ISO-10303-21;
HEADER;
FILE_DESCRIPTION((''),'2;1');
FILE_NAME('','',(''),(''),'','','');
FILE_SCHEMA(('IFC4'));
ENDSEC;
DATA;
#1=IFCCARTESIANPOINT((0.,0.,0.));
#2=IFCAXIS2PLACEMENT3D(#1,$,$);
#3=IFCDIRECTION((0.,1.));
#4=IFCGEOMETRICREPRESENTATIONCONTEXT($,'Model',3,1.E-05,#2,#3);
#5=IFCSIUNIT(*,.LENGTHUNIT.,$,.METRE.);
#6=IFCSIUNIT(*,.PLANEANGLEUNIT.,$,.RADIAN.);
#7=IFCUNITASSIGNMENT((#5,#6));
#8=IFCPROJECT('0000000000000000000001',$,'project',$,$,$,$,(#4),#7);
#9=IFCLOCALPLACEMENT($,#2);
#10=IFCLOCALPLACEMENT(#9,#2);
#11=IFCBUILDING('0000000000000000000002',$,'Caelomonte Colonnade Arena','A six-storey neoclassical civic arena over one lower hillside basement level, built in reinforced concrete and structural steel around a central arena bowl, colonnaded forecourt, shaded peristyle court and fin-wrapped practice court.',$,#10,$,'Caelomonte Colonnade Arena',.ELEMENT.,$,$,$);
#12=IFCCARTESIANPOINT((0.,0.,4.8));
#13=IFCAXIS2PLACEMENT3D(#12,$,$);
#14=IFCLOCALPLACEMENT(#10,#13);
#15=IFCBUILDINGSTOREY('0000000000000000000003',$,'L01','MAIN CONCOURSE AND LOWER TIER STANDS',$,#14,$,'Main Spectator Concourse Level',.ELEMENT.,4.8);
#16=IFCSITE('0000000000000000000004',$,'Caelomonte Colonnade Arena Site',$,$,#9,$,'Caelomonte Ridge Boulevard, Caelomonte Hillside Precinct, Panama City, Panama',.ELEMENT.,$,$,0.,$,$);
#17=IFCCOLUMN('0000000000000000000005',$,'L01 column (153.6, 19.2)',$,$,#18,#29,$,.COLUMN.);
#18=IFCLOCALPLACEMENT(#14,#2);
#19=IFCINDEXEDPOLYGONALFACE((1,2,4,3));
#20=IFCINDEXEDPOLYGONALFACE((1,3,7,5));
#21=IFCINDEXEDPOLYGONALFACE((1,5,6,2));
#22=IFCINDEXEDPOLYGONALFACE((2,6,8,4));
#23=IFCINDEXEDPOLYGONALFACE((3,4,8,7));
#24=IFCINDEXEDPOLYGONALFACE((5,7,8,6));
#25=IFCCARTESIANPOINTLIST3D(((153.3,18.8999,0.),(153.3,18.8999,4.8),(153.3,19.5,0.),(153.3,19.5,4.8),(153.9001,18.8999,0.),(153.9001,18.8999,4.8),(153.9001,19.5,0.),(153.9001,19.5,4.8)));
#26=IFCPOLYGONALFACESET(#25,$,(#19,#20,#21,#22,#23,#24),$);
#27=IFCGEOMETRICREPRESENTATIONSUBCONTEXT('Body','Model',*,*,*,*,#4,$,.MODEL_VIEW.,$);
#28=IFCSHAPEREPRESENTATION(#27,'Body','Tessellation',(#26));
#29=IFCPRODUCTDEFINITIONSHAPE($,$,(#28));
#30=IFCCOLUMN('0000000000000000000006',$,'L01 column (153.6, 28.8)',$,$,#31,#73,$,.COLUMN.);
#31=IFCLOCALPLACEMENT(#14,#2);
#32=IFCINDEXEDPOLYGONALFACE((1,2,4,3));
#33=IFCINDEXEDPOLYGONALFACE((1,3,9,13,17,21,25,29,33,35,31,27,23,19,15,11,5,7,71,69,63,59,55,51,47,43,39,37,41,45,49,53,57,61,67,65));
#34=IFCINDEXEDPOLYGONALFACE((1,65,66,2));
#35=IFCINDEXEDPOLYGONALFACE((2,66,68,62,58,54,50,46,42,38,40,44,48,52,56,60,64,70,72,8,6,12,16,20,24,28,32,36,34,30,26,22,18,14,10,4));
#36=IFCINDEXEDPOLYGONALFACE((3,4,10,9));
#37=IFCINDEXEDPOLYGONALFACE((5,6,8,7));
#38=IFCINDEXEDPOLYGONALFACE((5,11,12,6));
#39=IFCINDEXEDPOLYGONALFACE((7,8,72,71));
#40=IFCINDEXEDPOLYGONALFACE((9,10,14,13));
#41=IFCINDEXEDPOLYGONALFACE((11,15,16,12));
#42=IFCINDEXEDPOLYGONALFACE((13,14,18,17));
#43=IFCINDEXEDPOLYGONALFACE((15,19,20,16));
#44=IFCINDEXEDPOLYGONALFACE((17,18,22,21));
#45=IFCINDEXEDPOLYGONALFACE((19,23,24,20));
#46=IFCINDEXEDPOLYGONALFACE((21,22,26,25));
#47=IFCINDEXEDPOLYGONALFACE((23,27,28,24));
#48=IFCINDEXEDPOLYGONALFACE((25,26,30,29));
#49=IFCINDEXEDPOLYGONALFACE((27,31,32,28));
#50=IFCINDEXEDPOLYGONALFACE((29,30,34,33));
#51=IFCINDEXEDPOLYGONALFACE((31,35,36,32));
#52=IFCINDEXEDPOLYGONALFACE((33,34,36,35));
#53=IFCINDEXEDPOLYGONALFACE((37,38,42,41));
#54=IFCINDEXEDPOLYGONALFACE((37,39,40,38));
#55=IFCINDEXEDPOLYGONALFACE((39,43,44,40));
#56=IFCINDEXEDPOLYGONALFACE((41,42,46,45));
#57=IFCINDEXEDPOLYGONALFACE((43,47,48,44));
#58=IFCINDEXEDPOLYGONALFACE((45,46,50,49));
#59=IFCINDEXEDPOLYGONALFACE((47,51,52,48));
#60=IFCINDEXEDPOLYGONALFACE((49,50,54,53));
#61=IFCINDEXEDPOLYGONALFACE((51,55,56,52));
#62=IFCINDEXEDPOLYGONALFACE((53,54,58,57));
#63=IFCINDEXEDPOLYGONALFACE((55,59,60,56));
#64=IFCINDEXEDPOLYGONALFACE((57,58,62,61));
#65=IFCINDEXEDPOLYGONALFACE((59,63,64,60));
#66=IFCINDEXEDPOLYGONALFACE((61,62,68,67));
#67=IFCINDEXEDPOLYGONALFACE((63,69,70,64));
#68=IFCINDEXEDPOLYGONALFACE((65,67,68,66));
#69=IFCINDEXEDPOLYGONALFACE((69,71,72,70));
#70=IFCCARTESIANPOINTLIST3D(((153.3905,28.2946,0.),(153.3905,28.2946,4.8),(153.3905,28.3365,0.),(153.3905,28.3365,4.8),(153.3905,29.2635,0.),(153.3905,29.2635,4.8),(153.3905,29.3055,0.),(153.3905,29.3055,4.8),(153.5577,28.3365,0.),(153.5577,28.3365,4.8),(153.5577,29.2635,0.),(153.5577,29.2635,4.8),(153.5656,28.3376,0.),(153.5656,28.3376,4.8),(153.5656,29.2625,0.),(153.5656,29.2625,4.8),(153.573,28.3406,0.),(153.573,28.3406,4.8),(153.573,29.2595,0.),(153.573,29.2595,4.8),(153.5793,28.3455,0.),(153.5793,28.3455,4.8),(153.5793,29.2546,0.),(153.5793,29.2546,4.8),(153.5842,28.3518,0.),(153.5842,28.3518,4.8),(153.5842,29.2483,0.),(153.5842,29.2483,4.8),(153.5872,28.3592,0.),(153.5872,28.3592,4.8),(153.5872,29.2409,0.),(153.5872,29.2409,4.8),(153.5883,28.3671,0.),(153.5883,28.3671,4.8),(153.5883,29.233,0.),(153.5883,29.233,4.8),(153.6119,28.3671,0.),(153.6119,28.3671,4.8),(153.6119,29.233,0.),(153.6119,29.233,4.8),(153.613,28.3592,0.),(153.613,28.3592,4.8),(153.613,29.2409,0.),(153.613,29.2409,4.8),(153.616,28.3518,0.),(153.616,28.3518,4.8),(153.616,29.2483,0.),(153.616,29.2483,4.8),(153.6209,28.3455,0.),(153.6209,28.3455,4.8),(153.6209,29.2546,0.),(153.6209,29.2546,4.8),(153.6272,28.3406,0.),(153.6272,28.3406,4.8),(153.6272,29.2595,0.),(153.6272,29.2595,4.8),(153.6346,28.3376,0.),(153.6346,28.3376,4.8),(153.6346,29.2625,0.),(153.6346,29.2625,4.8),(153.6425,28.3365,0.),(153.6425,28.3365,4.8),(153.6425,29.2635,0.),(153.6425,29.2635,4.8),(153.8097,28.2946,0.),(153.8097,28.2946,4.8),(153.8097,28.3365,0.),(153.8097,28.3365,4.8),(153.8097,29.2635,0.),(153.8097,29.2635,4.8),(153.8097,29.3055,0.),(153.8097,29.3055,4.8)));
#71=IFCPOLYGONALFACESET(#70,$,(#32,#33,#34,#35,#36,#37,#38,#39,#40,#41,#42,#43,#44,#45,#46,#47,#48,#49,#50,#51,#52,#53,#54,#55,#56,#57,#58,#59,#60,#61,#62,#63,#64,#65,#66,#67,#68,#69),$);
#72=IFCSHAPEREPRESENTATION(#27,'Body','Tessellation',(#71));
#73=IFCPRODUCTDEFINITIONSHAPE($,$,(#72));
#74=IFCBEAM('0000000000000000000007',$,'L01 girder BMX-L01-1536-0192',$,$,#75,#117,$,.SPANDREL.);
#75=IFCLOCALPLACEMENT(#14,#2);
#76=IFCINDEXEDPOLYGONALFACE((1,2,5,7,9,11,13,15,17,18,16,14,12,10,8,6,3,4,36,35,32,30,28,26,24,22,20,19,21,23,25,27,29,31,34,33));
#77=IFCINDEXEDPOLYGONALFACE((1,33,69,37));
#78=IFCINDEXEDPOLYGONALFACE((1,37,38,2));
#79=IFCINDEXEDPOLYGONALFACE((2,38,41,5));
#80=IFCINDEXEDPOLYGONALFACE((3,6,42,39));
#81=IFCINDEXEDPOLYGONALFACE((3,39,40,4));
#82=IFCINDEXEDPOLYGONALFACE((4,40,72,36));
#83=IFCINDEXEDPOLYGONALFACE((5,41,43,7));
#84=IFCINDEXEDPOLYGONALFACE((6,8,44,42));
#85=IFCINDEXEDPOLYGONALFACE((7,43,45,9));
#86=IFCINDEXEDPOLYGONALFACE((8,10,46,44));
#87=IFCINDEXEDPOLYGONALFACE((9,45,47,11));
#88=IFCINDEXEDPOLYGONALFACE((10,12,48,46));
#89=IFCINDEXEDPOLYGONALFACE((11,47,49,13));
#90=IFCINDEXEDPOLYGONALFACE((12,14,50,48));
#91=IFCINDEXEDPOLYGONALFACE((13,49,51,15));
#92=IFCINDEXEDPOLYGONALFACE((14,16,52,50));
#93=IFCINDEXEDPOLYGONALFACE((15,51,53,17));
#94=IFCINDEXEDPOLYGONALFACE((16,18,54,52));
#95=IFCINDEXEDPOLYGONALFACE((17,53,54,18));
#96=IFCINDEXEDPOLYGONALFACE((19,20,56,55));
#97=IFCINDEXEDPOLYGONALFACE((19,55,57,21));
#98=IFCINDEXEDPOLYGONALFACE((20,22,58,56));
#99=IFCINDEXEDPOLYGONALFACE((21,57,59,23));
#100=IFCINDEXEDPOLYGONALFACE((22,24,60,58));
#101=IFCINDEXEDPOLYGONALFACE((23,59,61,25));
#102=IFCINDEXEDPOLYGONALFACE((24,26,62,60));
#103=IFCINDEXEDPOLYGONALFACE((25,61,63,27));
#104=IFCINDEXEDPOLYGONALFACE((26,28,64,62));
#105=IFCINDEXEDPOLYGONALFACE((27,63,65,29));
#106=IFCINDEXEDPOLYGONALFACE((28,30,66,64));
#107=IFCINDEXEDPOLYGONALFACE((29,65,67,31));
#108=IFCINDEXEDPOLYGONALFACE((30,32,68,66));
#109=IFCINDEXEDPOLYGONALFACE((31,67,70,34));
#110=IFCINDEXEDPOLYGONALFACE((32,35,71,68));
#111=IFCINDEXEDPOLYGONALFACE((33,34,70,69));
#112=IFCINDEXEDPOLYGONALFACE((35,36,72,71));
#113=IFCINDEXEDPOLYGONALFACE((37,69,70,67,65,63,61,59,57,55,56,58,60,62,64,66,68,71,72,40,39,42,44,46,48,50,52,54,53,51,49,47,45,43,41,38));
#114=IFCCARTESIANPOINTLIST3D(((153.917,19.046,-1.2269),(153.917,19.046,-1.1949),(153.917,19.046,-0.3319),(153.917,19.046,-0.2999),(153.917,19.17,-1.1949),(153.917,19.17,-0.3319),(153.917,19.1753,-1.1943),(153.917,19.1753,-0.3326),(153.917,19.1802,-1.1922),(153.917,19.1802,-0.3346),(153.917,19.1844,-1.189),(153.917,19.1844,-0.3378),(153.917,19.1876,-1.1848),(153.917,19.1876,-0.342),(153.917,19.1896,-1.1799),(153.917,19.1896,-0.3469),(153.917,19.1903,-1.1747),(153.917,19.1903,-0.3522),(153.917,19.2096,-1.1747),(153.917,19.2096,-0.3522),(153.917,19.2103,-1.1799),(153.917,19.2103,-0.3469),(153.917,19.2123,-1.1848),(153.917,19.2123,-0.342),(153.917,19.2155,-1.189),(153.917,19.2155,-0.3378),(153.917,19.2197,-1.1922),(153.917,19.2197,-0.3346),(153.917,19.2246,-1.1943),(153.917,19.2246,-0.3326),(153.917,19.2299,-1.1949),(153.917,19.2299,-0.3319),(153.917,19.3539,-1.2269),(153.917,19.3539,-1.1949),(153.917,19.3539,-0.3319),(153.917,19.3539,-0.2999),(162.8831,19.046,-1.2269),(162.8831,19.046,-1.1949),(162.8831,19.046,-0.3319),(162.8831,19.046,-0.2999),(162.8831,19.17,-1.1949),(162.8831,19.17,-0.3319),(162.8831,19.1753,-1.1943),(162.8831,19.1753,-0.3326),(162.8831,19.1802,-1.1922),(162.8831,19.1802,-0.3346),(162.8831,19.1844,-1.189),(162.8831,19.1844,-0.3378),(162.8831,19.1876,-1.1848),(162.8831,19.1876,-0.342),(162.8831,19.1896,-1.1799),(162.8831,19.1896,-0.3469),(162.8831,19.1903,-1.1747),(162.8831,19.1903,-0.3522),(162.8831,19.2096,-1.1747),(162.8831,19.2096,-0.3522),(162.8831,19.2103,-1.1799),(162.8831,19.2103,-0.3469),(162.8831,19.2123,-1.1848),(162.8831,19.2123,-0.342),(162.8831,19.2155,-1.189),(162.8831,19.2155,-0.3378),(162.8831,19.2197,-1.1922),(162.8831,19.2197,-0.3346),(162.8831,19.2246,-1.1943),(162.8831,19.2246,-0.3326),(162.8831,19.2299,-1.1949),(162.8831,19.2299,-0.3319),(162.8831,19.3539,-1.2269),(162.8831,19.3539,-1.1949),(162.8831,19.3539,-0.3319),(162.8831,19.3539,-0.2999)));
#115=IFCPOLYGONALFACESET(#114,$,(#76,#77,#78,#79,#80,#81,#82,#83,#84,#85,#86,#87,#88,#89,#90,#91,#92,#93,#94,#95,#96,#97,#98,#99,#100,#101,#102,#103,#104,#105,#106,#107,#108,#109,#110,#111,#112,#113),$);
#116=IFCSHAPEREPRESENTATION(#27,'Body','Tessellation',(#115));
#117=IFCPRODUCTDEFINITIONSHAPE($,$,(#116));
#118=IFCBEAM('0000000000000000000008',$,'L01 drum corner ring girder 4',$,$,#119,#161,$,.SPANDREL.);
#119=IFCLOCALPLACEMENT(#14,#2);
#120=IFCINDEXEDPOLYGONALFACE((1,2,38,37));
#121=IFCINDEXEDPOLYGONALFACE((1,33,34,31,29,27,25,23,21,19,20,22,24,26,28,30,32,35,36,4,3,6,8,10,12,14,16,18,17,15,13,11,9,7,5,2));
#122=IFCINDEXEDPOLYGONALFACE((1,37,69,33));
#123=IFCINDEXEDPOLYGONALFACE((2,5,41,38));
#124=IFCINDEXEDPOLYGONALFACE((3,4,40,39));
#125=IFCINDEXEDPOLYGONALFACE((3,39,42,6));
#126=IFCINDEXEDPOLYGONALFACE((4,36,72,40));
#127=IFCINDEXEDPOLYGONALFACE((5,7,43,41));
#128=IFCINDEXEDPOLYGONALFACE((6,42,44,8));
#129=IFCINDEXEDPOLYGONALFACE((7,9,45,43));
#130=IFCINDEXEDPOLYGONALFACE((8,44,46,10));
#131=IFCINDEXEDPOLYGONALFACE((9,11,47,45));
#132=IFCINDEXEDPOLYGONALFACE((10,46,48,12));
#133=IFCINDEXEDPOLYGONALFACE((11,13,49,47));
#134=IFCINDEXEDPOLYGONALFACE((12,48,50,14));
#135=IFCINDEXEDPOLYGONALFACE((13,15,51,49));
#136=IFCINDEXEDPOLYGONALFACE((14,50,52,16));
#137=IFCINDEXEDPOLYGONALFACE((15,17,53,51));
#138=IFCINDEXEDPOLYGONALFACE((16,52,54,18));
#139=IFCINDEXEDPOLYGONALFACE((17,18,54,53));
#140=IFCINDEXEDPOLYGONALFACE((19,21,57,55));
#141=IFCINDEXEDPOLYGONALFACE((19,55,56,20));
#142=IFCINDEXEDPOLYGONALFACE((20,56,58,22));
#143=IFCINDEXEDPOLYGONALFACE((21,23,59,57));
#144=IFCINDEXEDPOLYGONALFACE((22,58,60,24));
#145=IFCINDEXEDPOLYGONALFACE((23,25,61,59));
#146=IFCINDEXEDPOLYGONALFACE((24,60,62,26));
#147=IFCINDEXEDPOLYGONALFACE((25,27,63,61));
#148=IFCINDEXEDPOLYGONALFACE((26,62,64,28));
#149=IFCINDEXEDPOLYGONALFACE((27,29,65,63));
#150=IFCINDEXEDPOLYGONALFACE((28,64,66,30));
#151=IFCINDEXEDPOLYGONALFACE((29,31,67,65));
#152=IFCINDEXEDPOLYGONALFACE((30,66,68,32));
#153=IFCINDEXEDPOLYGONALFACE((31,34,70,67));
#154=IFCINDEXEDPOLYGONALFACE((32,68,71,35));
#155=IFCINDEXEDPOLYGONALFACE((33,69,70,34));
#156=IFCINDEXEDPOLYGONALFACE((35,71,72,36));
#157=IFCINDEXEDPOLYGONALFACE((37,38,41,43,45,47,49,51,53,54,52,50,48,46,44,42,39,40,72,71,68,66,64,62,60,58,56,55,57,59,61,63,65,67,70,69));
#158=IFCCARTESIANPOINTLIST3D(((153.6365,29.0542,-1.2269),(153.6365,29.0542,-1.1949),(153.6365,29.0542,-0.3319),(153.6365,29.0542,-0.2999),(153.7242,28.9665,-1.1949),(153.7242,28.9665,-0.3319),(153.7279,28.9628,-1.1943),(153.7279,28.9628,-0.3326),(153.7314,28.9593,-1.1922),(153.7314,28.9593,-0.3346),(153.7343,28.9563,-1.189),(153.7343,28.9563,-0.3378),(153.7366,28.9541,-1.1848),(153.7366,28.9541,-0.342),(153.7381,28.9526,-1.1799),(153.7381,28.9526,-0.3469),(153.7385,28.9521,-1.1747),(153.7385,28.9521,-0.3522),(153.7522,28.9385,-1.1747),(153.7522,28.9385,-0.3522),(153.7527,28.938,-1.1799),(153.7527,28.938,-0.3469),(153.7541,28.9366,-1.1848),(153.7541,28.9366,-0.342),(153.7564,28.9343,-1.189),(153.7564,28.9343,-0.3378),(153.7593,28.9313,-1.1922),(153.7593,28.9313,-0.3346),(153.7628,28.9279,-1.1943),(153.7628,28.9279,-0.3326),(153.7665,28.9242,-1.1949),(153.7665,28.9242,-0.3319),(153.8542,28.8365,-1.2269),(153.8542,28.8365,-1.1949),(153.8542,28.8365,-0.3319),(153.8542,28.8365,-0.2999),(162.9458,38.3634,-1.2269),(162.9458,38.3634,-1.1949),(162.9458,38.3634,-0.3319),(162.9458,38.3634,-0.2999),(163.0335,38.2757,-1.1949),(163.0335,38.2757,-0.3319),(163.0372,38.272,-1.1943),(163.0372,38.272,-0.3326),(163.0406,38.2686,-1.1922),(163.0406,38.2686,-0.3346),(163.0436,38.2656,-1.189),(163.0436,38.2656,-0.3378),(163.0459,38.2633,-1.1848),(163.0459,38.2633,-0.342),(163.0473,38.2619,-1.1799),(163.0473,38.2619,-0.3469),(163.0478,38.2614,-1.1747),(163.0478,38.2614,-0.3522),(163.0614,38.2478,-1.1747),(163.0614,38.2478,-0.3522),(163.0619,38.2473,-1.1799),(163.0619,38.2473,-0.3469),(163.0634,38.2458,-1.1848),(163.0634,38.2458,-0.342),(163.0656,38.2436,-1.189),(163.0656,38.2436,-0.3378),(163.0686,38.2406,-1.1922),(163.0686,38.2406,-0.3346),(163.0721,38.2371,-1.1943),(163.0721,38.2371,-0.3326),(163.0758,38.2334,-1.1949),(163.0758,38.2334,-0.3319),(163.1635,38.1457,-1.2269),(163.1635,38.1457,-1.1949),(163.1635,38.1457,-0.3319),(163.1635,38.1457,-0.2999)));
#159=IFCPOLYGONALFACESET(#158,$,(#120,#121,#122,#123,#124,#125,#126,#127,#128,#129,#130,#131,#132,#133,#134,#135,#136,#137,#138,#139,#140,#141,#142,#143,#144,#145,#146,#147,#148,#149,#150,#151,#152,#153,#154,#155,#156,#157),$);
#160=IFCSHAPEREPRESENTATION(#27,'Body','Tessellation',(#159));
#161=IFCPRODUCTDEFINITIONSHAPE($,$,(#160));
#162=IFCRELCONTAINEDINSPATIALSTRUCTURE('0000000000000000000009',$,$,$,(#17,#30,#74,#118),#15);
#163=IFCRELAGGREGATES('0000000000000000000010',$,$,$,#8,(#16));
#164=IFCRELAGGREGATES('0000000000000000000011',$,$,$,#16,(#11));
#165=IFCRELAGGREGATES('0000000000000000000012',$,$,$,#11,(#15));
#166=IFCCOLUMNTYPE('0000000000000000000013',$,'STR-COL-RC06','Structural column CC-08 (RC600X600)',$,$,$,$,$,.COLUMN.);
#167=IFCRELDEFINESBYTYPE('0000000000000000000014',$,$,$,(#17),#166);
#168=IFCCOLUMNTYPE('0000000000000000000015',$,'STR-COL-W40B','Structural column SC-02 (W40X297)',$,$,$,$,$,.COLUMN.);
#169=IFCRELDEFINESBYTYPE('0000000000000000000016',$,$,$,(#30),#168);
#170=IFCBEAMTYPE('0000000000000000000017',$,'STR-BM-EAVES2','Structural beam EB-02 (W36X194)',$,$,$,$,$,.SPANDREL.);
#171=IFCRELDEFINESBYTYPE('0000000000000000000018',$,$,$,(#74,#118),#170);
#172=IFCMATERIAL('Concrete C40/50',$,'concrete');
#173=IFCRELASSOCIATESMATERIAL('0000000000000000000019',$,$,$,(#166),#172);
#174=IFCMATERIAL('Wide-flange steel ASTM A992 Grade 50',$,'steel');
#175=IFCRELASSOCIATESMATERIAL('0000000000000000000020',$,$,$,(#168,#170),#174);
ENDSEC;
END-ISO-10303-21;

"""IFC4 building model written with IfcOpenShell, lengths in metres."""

from ifc_helpers import new_model, si_unit, direction, frame, origin, origin_2d, place, context, subcontext, project, spatial, rectangle, i_section, extrude, material, material_profile, profile_set, type_object, element, save


model = new_model("IFC4")

# Units and contexts
model_context = context("Model", 3, precision=1e-05, world=origin(), true_north=direction((0.0, 1.0)))
body_context = subcontext(model_context, "Body", "Model", "MODEL_VIEW")
ifc_project = project(units=[si_unit("LENGTHUNIT", "METRE"), si_unit("PLANEANGLEUNIT", "RADIAN")], contexts=[model_context])

# Site, building, storey
site_placement = place(None, origin())
site = spatial("IfcSite", under=ifc_project, at=site_placement, Name="Caelomonte Colonnade Arena Site", LongName="Caelomonte Ridge Boulevard, Caelomonte Hillside Precinct, Panama City, Panama", CompositionType="ELEMENT", RefElevation=0.0)
building_placement = place(site_placement, origin())
building = spatial("IfcBuilding", under=site, at=building_placement, Name="Caelomonte Colonnade Arena", Description="A six-storey neoclassical civic arena over one lower hillside basement level, built in reinforced concrete and structural steel around a central arena bowl, colonnaded forecourt, shaded peristyle court and fin-wrapped practice court.", LongName="Caelomonte Colonnade Arena", CompositionType="ELEMENT")
storey_placement = place(building_placement, frame((0.0, 0.0, 4.8)))
storey = spatial("IfcBuildingStorey", under=building, at=storey_placement, Name="L01", Description="MAIN CONCOURSE AND LOWER TIER STANDS", LongName="Main Spectator Concourse Level", CompositionType="ELEMENT", Elevation=4.8)

# Columns
ifc_material_1 = material(Name="Concrete C40/50", Category="concrete")
ifc_material_profile_1 = material_profile(ifc_material_1, rectangle(XDim=0.6001, YDim=0.6001, at=origin_2d()), Name="RC600X600")
ifc_profile_set_1 = profile_set([ifc_material_profile_1], Name="Concrete C40/50")
column_type_1 = type_object("IfcColumnType", Name="STR-COL-RC06", Description="Structural column CC-08 (RC600X600)", PredefinedType="COLUMN", material=ifc_profile_set_1)
column_1_placement = place(storey_placement, frame((153.6001, 19.2, 0.0), z_axis=(0.0, 0.0, 1.0), x_axis=(1.0, 0.0, 0.0)))
element("IfcColumn", 1, at=column_1_placement, inside=storey, type_object=column_type_1, Name="L01 column (153.6, 19.2)", PredefinedType="COLUMN", context=body_context, shape_type="SweptSolid", body=[
    extrude(rectangle(XDim=0.6001, YDim=0.6001, at=origin_2d()), origin(), (0.0, 0.0, 1.0), 4.8),
])
ifc_material_2 = material(Name="Wide-flange steel ASTM A992 Grade 50", Category="steel")
ifc_material_profile_2 = material_profile(ifc_material_2, i_section(OverallWidth=0.4192, OverallDepth=1.011, WebThickness=0.0237, FlangeThickness=0.042, FilletRadius=0.0305, at=origin_2d()), Name="W40X297")
ifc_profile_set_2 = profile_set([ifc_material_profile_2], Name="Wide-flange steel ASTM A992 Grade 50")
column_type_2 = type_object("IfcColumnType", Name="STR-COL-W40B", Description="Structural column SC-02 (W40X297)", PredefinedType="COLUMN", material=ifc_profile_set_2)
column_2_placement = place(storey_placement, frame((153.6001, 28.8, 0.0), z_axis=(0.0, 0.0, 1.0), x_axis=(1.0, 0.0, 0.0)))
element("IfcColumn", 2, at=column_2_placement, inside=storey, type_object=column_type_2, Name="L01 column (153.6, 28.8)", PredefinedType="COLUMN", context=body_context, shape_type="SweptSolid", body=[
    extrude(i_section(OverallWidth=0.4192, OverallDepth=1.011, WebThickness=0.0237, FlangeThickness=0.042, FilletRadius=0.0305, at=origin_2d()), origin(), (0.0, 0.0, 1.0), 4.8),
])

# Beams
ifc_material_profile_3 = material_profile(ifc_material_2, i_section(OverallWidth=0.3079, OverallDepth=0.927, WebThickness=0.0193, FlangeThickness=0.032, FilletRadius=0.0203, at=origin_2d()), Name="W36X194")
ifc_profile_set_3 = profile_set([ifc_material_profile_3], Name="Wide-flange steel ASTM A992 Grade 50")
beam_type_1 = type_object("IfcBeamType", Name="STR-BM-EAVES2", Description="Structural beam EB-02 (W36X194)", PredefinedType="SPANDREL", material=ifc_profile_set_3)
beam_1_placement = place(storey_placement, frame((153.917, 19.2, -0.7634), z_axis=(1.0, 0.0, 0.0), x_axis=(0.0, 1.0, 0.0)))
element("IfcBeam", 3, at=beam_1_placement, inside=storey, type_object=beam_type_1, Name="L01 girder BMX-L01-1536-0192", PredefinedType="SPANDREL", context=body_context, shape_type="SweptSolid", body=[
    extrude(i_section(OverallWidth=0.3079, OverallDepth=0.927, WebThickness=0.0193, FlangeThickness=0.032, FilletRadius=0.0203, at=origin_2d()), origin(), (0.0, 0.0, 1.0), 8.9661),
])
beam_2_placement = place(storey_placement, frame((153.7454, 28.9453, -0.7634), z_axis=(0.707107, 0.707107, 0.0), x_axis=(-0.707107, 0.707107, 0.0)))
element("IfcBeam", 4, at=beam_2_placement, inside=storey, type_object=beam_type_1, Name="L01 drum corner ring girder 4", PredefinedType="SPANDREL", context=body_context, shape_type="SweptSolid", body=[
    extrude(i_section(OverallWidth=0.3079, OverallDepth=0.927, WebThickness=0.0193, FlangeThickness=0.032, FilletRadius=0.0203, at=origin_2d()), origin(), (0.0, 0.0, 1.0), 13.1653),
])

save(model, "model.ifc")
